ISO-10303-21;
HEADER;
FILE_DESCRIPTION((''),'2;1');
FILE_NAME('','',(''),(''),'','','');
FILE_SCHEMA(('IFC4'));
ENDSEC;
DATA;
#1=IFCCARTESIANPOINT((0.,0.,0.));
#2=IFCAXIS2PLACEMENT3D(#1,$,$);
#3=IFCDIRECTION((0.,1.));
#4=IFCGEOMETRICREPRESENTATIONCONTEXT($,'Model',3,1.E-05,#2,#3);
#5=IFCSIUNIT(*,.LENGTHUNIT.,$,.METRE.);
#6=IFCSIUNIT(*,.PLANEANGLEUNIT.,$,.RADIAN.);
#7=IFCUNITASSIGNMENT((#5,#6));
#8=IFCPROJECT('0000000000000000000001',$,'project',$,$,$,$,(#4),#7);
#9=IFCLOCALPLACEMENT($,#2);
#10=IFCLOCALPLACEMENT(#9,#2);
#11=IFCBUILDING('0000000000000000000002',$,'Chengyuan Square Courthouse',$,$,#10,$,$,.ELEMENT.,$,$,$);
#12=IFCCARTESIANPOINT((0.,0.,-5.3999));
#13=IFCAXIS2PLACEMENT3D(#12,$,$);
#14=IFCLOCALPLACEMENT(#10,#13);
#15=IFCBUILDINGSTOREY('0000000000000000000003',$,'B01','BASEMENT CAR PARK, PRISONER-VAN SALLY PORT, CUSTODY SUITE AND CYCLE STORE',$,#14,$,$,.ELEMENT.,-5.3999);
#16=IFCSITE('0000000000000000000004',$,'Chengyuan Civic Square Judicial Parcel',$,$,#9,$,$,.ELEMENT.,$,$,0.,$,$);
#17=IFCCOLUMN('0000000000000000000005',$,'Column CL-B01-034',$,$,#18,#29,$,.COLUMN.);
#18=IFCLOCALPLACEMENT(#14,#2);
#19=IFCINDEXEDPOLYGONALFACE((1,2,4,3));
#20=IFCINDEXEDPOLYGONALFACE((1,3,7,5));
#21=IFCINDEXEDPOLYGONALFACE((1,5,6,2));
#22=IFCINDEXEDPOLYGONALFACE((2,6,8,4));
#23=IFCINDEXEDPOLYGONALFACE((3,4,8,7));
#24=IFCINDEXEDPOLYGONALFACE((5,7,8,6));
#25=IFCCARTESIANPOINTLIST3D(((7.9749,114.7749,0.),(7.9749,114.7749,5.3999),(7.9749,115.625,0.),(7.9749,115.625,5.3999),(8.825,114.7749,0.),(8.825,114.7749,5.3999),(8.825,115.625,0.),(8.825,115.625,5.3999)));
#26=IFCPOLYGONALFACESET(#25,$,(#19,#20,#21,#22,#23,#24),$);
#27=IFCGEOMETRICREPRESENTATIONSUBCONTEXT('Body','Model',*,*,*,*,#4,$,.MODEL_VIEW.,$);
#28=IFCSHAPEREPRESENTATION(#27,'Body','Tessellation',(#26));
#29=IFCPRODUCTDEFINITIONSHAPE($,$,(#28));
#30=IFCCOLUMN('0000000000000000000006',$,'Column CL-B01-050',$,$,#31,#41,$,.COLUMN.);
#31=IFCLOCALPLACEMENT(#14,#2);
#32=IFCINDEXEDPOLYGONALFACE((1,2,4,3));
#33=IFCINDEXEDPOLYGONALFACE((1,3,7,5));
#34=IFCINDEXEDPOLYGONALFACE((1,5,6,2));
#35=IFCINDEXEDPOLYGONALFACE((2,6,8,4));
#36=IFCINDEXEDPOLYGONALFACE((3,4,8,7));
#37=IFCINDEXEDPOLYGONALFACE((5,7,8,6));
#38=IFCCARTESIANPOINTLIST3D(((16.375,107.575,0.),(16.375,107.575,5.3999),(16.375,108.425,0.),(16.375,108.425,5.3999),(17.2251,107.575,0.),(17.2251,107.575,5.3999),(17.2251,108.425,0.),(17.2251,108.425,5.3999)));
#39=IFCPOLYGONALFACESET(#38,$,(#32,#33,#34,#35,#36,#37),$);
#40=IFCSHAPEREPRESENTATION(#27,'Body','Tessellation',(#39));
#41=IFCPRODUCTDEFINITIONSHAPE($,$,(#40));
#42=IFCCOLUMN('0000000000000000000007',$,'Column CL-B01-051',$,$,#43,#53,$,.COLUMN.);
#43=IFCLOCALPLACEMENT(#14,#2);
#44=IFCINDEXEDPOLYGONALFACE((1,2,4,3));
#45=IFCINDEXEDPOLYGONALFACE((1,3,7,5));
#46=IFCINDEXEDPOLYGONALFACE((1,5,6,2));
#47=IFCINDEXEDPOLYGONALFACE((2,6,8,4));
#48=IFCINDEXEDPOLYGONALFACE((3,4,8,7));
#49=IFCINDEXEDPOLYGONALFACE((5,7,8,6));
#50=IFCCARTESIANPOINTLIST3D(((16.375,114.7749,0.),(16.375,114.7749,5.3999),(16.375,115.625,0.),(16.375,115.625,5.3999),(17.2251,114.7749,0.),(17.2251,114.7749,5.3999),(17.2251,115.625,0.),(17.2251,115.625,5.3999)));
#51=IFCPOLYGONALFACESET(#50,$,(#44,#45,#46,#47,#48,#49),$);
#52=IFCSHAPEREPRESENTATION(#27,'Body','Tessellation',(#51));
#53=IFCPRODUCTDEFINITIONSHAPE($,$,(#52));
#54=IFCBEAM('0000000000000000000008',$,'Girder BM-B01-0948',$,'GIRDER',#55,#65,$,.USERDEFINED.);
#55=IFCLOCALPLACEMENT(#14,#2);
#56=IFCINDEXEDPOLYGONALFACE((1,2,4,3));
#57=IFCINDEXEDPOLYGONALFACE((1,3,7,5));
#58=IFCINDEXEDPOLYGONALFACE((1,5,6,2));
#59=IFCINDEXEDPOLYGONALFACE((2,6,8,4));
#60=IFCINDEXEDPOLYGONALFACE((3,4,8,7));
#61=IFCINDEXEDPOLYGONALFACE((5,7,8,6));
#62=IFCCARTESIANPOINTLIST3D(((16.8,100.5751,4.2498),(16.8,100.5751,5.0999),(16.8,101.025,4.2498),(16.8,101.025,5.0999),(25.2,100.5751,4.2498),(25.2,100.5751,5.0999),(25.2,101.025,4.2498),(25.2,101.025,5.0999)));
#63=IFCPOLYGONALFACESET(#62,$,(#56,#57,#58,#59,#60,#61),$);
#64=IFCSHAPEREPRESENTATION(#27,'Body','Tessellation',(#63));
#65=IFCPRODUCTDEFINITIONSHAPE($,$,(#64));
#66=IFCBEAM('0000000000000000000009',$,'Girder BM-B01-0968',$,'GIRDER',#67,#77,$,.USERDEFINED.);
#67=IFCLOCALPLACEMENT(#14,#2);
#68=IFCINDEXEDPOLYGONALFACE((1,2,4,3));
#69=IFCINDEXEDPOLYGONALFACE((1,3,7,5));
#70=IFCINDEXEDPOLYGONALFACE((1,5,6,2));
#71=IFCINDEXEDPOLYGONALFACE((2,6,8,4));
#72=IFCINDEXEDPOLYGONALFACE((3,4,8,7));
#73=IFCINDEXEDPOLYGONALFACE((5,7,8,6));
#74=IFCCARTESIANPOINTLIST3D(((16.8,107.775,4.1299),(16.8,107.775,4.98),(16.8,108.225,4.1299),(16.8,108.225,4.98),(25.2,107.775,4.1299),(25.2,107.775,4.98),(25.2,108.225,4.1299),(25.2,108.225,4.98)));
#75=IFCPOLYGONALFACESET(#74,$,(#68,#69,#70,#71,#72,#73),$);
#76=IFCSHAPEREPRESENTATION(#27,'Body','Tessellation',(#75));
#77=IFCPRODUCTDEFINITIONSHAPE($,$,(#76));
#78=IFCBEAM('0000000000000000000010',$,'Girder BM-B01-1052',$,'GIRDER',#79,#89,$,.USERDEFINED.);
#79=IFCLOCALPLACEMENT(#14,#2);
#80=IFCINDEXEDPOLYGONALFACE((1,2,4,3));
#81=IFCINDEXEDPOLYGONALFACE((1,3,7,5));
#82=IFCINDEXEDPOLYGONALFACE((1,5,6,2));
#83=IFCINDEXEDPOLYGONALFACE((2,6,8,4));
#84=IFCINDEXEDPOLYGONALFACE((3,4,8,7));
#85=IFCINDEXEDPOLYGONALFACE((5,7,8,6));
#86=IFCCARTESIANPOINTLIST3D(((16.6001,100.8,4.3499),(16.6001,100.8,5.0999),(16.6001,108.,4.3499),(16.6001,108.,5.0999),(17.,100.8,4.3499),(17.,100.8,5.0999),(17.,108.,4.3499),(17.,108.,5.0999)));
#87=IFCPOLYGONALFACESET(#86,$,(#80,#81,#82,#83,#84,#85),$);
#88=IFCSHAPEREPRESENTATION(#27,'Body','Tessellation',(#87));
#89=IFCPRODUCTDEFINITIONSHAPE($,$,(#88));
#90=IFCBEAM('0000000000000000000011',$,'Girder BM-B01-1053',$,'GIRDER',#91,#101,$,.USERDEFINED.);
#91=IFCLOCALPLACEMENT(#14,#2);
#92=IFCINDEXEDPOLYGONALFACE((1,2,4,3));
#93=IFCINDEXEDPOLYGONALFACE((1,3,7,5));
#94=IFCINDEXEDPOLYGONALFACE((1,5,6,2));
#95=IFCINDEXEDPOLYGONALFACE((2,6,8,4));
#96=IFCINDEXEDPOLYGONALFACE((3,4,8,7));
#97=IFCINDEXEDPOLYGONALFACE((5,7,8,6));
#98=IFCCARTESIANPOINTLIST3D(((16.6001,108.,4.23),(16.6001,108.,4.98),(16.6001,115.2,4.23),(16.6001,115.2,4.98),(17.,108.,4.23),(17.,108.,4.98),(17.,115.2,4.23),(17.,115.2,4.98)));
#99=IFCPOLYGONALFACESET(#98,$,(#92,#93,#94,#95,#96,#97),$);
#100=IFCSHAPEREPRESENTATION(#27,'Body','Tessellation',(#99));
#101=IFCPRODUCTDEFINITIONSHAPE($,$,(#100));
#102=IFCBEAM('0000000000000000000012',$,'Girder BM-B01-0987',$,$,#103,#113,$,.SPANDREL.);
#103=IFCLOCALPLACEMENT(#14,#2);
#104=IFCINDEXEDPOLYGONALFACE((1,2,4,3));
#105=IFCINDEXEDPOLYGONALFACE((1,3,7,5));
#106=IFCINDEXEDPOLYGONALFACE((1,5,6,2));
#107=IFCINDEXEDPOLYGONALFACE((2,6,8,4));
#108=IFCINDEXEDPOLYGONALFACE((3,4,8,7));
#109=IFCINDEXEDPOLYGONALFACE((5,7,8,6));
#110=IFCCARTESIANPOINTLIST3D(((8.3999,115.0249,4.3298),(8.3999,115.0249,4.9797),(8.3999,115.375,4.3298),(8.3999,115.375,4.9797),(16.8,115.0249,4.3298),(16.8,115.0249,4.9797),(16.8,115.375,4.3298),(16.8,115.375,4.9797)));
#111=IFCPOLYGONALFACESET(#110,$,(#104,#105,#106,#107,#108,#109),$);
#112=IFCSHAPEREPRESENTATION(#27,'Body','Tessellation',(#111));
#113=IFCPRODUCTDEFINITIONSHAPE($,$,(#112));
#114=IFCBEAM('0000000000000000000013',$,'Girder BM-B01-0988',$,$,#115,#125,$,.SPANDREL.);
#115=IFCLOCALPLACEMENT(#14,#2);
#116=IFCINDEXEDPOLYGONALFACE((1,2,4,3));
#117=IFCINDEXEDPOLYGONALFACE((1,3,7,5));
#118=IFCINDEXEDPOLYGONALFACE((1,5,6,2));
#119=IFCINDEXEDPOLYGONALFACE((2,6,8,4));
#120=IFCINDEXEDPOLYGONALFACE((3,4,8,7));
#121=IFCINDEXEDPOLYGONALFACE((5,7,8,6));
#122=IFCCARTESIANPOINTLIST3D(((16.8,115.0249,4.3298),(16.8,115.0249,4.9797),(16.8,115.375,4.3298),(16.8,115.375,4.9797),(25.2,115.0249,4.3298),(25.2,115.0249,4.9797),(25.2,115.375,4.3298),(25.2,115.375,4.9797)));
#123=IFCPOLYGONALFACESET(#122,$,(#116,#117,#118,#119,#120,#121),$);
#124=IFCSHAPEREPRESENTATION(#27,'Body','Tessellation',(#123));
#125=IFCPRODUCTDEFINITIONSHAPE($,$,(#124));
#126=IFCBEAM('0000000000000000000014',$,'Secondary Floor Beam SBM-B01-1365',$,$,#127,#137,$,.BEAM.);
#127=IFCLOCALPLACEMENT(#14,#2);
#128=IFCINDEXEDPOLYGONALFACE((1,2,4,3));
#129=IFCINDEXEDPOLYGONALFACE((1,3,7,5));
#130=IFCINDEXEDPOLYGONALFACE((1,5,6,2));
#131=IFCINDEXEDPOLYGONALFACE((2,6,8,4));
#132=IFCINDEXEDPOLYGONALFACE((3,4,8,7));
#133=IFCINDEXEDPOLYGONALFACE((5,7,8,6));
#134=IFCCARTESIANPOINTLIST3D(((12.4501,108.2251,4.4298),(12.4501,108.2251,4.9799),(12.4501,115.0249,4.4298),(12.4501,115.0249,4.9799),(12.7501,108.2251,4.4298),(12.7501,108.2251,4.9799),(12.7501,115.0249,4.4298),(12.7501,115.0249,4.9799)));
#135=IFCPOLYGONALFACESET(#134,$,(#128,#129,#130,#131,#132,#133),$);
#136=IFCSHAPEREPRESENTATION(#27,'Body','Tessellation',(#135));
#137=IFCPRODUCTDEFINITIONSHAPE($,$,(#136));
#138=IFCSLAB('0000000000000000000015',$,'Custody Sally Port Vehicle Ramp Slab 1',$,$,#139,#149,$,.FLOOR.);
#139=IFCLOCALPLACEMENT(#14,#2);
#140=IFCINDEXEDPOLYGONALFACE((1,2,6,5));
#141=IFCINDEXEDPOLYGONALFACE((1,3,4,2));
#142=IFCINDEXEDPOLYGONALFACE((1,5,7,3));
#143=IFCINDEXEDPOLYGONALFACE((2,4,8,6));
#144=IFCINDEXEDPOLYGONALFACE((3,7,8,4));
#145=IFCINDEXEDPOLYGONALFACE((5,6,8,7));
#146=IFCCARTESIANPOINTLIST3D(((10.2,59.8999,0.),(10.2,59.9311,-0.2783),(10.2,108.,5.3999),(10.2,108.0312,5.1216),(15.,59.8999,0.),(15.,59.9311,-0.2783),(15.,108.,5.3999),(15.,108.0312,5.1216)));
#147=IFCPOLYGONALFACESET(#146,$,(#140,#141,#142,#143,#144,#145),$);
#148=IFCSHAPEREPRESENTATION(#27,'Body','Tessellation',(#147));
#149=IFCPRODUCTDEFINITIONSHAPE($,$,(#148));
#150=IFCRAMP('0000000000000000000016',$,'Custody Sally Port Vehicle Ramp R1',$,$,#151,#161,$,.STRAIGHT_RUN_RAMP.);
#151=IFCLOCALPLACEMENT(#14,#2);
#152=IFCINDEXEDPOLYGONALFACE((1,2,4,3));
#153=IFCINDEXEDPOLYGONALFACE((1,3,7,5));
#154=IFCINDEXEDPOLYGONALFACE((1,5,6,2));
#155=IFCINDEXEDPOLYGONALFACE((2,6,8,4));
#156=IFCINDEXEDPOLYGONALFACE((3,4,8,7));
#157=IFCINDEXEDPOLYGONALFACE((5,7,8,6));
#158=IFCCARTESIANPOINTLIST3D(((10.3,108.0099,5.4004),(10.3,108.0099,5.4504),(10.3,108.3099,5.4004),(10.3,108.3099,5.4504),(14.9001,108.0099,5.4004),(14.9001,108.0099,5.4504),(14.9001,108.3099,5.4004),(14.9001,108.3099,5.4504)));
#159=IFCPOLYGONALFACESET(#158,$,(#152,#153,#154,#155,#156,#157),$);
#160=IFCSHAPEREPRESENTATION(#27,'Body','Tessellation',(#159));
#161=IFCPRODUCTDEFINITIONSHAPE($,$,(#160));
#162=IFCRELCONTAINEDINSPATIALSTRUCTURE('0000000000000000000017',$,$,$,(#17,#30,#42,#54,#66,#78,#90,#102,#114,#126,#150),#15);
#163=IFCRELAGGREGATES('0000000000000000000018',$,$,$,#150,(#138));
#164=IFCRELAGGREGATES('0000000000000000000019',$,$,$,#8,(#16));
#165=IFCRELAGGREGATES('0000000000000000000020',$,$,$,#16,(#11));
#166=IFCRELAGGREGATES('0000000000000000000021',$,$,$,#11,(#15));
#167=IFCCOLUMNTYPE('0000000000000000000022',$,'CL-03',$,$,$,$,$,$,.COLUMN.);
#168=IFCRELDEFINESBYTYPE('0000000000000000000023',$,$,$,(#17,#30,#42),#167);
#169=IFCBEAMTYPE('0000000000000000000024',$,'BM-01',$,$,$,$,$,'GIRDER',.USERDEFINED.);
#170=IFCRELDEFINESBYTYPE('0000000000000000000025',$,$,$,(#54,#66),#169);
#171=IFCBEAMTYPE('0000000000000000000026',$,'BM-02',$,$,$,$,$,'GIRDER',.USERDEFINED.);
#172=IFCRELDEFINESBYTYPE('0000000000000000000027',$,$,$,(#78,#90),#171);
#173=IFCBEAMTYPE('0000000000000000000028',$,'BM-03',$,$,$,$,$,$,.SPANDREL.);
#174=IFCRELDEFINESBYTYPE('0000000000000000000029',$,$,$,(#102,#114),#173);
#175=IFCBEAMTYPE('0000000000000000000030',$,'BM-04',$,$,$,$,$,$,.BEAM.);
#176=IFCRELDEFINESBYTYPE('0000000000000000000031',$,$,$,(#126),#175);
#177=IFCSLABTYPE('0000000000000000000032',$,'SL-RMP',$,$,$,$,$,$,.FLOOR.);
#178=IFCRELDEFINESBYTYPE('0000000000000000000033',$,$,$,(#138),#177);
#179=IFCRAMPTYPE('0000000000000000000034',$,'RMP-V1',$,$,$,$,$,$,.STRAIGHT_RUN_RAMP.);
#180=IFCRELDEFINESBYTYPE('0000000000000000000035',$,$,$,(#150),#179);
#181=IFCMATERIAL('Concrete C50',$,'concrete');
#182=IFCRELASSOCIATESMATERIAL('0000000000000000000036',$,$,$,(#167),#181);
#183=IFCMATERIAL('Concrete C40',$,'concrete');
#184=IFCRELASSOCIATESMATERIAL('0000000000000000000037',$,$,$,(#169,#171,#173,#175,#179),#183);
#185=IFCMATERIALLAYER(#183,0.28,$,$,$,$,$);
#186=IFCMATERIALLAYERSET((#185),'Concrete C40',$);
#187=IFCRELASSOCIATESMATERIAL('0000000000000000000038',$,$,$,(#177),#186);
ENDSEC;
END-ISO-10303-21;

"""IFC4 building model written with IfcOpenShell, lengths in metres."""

from ifc_helpers import new_model, si_unit, direction, frame, origin, origin_2d, place, context, subcontext, project, spatial, polyline, rectangle, outline, extrude, material, layer, layer_set, material_profile, profile_set, type_object, element, aggregate, save


model = new_model("IFC4")

# Units and contexts
model_context = context("Model", 3, precision=1e-05, world=origin(), true_north=direction((0.0, 1.0)))
body_context = subcontext(model_context, "Body", "Model", "MODEL_VIEW")
ifc_project = project(units=[si_unit("LENGTHUNIT", "METRE"), si_unit("PLANEANGLEUNIT", "RADIAN")], contexts=[model_context])

# Site, building, storey
site_placement = place(None, origin())
site = spatial("IfcSite", under=ifc_project, at=site_placement, Name="Chengyuan Civic Square Judicial Parcel", CompositionType="ELEMENT", RefElevation=0.0)
building_placement = place(site_placement, origin())
building = spatial("IfcBuilding", under=site, at=building_placement, Name="Chengyuan Square Courthouse", CompositionType="ELEMENT")
storey_placement = place(building_placement, frame((0.0, 0.0, -5.3999)))
storey = spatial("IfcBuildingStorey", under=building, at=storey_placement, Name="B01", Description="BASEMENT CAR PARK, PRISONER-VAN SALLY PORT, CUSTODY SUITE AND CYCLE STORE", CompositionType="ELEMENT", Elevation=-5.3999)

# Columns
ifc_material_1 = material(Name="Concrete C50", Category="concrete")
ifc_material_profile_1 = material_profile(ifc_material_1, rectangle(XDim=0.8501, YDim=0.8501, at=origin_2d()), Name="RC-COL-850x850")
ifc_profile_set_1 = profile_set([ifc_material_profile_1], Name="Concrete C50")
column_type = type_object("IfcColumnType", Name="CL-03", PredefinedType="COLUMN", material=ifc_profile_set_1)
for number, where, z_axis, x_axis, name in (
    (1, (8.3999, 115.2, 0.0), (0.0, 0.0, 1.0), (1.0, 0.0, 0.0), "Column CL-B01-034"),
    (2, (16.8, 108.0, 0.0), (0.0, 0.0, 1.0), (1.0, 0.0, 0.0), "Column CL-B01-050"),
    (3, (16.8, 115.2, 0.0), (0.0, 0.0, 1.0), (1.0, 0.0, 0.0), "Column CL-B01-051"),
):
    element("IfcColumn", number, at=place(storey_placement, frame(where, z_axis=z_axis, x_axis=x_axis)), inside=storey, type_object=column_type, Name=name, PredefinedType="COLUMN", context=body_context, shape_type="SweptSolid", body=[
        extrude(rectangle(XDim=0.8501, YDim=0.8501, at=origin_2d()), origin(), (0.0, 0.0, 1.0), 5.3999),
    ])

# Beams
ifc_material_2 = material(Name="Concrete C40", Category="concrete")
ifc_material_profile_2 = material_profile(ifc_material_2, rectangle(XDim=0.45, YDim=0.8501, at=origin_2d()), Name="RC-BM-450x850")
ifc_profile_set_2 = profile_set([ifc_material_profile_2], Name="Concrete C40")
beam_type_1 = type_object("IfcBeamType", Name="BM-01", ElementType="GIRDER", PredefinedType="USERDEFINED", material=ifc_profile_set_2)
for number, where, z_axis, x_axis, name in (
    (4, (16.8, 100.8, 4.6748), (1.0, 0.0, 0.0), (0.0, 1.0, 0.0), "Girder BM-B01-0948"),
    (5, (16.8, 108.0, 4.5549), (1.0, 0.0, 0.0), (0.0, 1.0, 0.0), "Girder BM-B01-0968"),
):
    element("IfcBeam", number, at=place(storey_placement, frame(where, z_axis=z_axis, x_axis=x_axis)), inside=storey, type_object=beam_type_1, Name=name, ObjectType="GIRDER", PredefinedType="USERDEFINED", context=body_context, shape_type="SweptSolid", body=[
        extrude(rectangle(XDim=0.45, YDim=0.8501, at=origin_2d()), origin(), (0.0, 0.0, 1.0), 8.3999),
    ])
ifc_material_profile_3 = material_profile(ifc_material_2, rectangle(XDim=0.3999, YDim=0.75, at=origin_2d()), Name="RC-BM-400x750")
ifc_profile_set_3 = profile_set([ifc_material_profile_3], Name="Concrete C40")
beam_type_2 = type_object("IfcBeamType", Name="BM-02", ElementType="GIRDER", PredefinedType="USERDEFINED", material=ifc_profile_set_3)
for number, where, z_axis, x_axis, name in (
    (6, (16.8, 100.8, 4.7249), (0.0, 1.0, 0.0), (-1.0, 0.0, 0.0), "Girder BM-B01-1052"),
    (7, (16.8, 108.0, 4.605), (0.0, 1.0, 0.0), (-1.0, 0.0, 0.0), "Girder BM-B01-1053"),
):
    element("IfcBeam", number, at=place(storey_placement, frame(where, z_axis=z_axis, x_axis=x_axis)), inside=storey, type_object=beam_type_2, Name=name, ObjectType="GIRDER", PredefinedType="USERDEFINED", context=body_context, shape_type="SweptSolid", body=[
        extrude(rectangle(XDim=0.3999, YDim=0.75, at=origin_2d()), origin(), (0.0, 0.0, 1.0), 7.2),
    ])
ifc_material_profile_4 = material_profile(ifc_material_2, rectangle(XDim=0.3501, YDim=0.6499, at=origin_2d()), Name="RC-BM-350x650")
ifc_profile_set_4 = profile_set([ifc_material_profile_4], Name="Concrete C40")
beam_type_3 = type_object("IfcBeamType", Name="BM-03", PredefinedType="SPANDREL", material=ifc_profile_set_4)
beam_1_placement = place(storey_placement, frame((8.3999, 115.2, 4.6548), z_axis=(1.0, 0.0, 0.0), x_axis=(0.0, 1.0, 0.0)))
element("IfcBeam", 8, at=beam_1_placement, inside=storey, type_object=beam_type_3, Name="Girder BM-B01-0987", PredefinedType="SPANDREL", context=body_context, shape_type="SweptSolid", body=[
    extrude(rectangle(XDim=0.3501, YDim=0.6499, at=origin_2d()), origin(), (0.0, 0.0, 1.0), 8.4001),
])
beam_2_placement = place(storey_placement, frame((16.8, 115.2, 4.6548), z_axis=(1.0, 0.0, 0.0), x_axis=(0.0, 1.0, 0.0)))
element("IfcBeam", 9, at=beam_2_placement, inside=storey, type_object=beam_type_3, Name="Girder BM-B01-0988", PredefinedType="SPANDREL", context=body_context, shape_type="SweptSolid", body=[
    extrude(rectangle(XDim=0.3501, YDim=0.6499, at=origin_2d()), origin(), (0.0, 0.0, 1.0), 8.3999),
])
ifc_material_profile_5 = material_profile(ifc_material_2, rectangle(XDim=0.3, YDim=0.55, at=origin_2d()), Name="RC-BM-300x550")
ifc_profile_set_5 = profile_set([ifc_material_profile_5], Name="Concrete C40")
beam_type_4 = type_object("IfcBeamType", Name="BM-04", PredefinedType="BEAM", material=ifc_profile_set_5)
beam_3_placement = place(storey_placement, frame((12.6001, 108.2251, 4.7048), z_axis=(0.0, 1.0, 0.0), x_axis=(-1.0, 0.0, 0.0)))
element("IfcBeam", 10, at=beam_3_placement, inside=storey, type_object=beam_type_4, Name="Secondary Floor Beam SBM-B01-1365", PredefinedType="BEAM", context=body_context, shape_type="SweptSolid", body=[
    extrude(rectangle(XDim=0.3, YDim=0.55, at=origin_2d()), origin(), (0.0, 0.0, 1.0), 6.7998),
])

# Slab
ifc_layer_1 = layer(ifc_material_2, 0.28)
ifc_layer_set_1 = layer_set([ifc_layer_1], Name="Concrete C40")
slab_type = type_object("IfcSlabType", Name="SL-RMP", PredefinedType="FLOOR", material=ifc_layer_set_1)
slab_placement = place(storey_placement, frame((10.2, 59.8999, 0.0), z_axis=(0.0, -0.111563, 0.993757), x_axis=(1.0, 0.0, 0.0)))
slab = element("IfcSlab", 11, at=slab_placement, type_object=slab_type, Name="Custody Sally Port Vehicle Ramp Slab 1", PredefinedType="FLOOR", context=body_context, shape_type="SweptSolid", body=[
    extrude(outline(polyline([(0.0, 0.0), (4.8, 0.0), (4.8, 48.4023), (0.0, 48.4023), (0.0, 0.0)])), origin(), (0.0, 0.0, -1.0), 0.28),
])

# Ramp
ramp_type = type_object("IfcRampType", Name="RMP-V1", PredefinedType="STRAIGHT_RUN_RAMP", material=ifc_material_2)
ramp_placement = place(storey_placement, frame((12.6001, 108.1599, 5.4004), z_axis=(0.0, 0.0, 1.0), x_axis=(1.0, 0.0, 0.0)))
ramp = element("IfcRamp", 12, at=ramp_placement, inside=storey, type_object=ramp_type, Name="Custody Sally Port Vehicle Ramp R1", PredefinedType="STRAIGHT_RUN_RAMP", context=body_context, shape_type="SweptSolid", body=[
    extrude(rectangle(XDim=4.6001, YDim=0.3, at=origin_2d()), origin(), (0.0, 0.0, 1.0), 0.05),
])
aggregate(ramp, [slab])

save(model, "model.ifc")
